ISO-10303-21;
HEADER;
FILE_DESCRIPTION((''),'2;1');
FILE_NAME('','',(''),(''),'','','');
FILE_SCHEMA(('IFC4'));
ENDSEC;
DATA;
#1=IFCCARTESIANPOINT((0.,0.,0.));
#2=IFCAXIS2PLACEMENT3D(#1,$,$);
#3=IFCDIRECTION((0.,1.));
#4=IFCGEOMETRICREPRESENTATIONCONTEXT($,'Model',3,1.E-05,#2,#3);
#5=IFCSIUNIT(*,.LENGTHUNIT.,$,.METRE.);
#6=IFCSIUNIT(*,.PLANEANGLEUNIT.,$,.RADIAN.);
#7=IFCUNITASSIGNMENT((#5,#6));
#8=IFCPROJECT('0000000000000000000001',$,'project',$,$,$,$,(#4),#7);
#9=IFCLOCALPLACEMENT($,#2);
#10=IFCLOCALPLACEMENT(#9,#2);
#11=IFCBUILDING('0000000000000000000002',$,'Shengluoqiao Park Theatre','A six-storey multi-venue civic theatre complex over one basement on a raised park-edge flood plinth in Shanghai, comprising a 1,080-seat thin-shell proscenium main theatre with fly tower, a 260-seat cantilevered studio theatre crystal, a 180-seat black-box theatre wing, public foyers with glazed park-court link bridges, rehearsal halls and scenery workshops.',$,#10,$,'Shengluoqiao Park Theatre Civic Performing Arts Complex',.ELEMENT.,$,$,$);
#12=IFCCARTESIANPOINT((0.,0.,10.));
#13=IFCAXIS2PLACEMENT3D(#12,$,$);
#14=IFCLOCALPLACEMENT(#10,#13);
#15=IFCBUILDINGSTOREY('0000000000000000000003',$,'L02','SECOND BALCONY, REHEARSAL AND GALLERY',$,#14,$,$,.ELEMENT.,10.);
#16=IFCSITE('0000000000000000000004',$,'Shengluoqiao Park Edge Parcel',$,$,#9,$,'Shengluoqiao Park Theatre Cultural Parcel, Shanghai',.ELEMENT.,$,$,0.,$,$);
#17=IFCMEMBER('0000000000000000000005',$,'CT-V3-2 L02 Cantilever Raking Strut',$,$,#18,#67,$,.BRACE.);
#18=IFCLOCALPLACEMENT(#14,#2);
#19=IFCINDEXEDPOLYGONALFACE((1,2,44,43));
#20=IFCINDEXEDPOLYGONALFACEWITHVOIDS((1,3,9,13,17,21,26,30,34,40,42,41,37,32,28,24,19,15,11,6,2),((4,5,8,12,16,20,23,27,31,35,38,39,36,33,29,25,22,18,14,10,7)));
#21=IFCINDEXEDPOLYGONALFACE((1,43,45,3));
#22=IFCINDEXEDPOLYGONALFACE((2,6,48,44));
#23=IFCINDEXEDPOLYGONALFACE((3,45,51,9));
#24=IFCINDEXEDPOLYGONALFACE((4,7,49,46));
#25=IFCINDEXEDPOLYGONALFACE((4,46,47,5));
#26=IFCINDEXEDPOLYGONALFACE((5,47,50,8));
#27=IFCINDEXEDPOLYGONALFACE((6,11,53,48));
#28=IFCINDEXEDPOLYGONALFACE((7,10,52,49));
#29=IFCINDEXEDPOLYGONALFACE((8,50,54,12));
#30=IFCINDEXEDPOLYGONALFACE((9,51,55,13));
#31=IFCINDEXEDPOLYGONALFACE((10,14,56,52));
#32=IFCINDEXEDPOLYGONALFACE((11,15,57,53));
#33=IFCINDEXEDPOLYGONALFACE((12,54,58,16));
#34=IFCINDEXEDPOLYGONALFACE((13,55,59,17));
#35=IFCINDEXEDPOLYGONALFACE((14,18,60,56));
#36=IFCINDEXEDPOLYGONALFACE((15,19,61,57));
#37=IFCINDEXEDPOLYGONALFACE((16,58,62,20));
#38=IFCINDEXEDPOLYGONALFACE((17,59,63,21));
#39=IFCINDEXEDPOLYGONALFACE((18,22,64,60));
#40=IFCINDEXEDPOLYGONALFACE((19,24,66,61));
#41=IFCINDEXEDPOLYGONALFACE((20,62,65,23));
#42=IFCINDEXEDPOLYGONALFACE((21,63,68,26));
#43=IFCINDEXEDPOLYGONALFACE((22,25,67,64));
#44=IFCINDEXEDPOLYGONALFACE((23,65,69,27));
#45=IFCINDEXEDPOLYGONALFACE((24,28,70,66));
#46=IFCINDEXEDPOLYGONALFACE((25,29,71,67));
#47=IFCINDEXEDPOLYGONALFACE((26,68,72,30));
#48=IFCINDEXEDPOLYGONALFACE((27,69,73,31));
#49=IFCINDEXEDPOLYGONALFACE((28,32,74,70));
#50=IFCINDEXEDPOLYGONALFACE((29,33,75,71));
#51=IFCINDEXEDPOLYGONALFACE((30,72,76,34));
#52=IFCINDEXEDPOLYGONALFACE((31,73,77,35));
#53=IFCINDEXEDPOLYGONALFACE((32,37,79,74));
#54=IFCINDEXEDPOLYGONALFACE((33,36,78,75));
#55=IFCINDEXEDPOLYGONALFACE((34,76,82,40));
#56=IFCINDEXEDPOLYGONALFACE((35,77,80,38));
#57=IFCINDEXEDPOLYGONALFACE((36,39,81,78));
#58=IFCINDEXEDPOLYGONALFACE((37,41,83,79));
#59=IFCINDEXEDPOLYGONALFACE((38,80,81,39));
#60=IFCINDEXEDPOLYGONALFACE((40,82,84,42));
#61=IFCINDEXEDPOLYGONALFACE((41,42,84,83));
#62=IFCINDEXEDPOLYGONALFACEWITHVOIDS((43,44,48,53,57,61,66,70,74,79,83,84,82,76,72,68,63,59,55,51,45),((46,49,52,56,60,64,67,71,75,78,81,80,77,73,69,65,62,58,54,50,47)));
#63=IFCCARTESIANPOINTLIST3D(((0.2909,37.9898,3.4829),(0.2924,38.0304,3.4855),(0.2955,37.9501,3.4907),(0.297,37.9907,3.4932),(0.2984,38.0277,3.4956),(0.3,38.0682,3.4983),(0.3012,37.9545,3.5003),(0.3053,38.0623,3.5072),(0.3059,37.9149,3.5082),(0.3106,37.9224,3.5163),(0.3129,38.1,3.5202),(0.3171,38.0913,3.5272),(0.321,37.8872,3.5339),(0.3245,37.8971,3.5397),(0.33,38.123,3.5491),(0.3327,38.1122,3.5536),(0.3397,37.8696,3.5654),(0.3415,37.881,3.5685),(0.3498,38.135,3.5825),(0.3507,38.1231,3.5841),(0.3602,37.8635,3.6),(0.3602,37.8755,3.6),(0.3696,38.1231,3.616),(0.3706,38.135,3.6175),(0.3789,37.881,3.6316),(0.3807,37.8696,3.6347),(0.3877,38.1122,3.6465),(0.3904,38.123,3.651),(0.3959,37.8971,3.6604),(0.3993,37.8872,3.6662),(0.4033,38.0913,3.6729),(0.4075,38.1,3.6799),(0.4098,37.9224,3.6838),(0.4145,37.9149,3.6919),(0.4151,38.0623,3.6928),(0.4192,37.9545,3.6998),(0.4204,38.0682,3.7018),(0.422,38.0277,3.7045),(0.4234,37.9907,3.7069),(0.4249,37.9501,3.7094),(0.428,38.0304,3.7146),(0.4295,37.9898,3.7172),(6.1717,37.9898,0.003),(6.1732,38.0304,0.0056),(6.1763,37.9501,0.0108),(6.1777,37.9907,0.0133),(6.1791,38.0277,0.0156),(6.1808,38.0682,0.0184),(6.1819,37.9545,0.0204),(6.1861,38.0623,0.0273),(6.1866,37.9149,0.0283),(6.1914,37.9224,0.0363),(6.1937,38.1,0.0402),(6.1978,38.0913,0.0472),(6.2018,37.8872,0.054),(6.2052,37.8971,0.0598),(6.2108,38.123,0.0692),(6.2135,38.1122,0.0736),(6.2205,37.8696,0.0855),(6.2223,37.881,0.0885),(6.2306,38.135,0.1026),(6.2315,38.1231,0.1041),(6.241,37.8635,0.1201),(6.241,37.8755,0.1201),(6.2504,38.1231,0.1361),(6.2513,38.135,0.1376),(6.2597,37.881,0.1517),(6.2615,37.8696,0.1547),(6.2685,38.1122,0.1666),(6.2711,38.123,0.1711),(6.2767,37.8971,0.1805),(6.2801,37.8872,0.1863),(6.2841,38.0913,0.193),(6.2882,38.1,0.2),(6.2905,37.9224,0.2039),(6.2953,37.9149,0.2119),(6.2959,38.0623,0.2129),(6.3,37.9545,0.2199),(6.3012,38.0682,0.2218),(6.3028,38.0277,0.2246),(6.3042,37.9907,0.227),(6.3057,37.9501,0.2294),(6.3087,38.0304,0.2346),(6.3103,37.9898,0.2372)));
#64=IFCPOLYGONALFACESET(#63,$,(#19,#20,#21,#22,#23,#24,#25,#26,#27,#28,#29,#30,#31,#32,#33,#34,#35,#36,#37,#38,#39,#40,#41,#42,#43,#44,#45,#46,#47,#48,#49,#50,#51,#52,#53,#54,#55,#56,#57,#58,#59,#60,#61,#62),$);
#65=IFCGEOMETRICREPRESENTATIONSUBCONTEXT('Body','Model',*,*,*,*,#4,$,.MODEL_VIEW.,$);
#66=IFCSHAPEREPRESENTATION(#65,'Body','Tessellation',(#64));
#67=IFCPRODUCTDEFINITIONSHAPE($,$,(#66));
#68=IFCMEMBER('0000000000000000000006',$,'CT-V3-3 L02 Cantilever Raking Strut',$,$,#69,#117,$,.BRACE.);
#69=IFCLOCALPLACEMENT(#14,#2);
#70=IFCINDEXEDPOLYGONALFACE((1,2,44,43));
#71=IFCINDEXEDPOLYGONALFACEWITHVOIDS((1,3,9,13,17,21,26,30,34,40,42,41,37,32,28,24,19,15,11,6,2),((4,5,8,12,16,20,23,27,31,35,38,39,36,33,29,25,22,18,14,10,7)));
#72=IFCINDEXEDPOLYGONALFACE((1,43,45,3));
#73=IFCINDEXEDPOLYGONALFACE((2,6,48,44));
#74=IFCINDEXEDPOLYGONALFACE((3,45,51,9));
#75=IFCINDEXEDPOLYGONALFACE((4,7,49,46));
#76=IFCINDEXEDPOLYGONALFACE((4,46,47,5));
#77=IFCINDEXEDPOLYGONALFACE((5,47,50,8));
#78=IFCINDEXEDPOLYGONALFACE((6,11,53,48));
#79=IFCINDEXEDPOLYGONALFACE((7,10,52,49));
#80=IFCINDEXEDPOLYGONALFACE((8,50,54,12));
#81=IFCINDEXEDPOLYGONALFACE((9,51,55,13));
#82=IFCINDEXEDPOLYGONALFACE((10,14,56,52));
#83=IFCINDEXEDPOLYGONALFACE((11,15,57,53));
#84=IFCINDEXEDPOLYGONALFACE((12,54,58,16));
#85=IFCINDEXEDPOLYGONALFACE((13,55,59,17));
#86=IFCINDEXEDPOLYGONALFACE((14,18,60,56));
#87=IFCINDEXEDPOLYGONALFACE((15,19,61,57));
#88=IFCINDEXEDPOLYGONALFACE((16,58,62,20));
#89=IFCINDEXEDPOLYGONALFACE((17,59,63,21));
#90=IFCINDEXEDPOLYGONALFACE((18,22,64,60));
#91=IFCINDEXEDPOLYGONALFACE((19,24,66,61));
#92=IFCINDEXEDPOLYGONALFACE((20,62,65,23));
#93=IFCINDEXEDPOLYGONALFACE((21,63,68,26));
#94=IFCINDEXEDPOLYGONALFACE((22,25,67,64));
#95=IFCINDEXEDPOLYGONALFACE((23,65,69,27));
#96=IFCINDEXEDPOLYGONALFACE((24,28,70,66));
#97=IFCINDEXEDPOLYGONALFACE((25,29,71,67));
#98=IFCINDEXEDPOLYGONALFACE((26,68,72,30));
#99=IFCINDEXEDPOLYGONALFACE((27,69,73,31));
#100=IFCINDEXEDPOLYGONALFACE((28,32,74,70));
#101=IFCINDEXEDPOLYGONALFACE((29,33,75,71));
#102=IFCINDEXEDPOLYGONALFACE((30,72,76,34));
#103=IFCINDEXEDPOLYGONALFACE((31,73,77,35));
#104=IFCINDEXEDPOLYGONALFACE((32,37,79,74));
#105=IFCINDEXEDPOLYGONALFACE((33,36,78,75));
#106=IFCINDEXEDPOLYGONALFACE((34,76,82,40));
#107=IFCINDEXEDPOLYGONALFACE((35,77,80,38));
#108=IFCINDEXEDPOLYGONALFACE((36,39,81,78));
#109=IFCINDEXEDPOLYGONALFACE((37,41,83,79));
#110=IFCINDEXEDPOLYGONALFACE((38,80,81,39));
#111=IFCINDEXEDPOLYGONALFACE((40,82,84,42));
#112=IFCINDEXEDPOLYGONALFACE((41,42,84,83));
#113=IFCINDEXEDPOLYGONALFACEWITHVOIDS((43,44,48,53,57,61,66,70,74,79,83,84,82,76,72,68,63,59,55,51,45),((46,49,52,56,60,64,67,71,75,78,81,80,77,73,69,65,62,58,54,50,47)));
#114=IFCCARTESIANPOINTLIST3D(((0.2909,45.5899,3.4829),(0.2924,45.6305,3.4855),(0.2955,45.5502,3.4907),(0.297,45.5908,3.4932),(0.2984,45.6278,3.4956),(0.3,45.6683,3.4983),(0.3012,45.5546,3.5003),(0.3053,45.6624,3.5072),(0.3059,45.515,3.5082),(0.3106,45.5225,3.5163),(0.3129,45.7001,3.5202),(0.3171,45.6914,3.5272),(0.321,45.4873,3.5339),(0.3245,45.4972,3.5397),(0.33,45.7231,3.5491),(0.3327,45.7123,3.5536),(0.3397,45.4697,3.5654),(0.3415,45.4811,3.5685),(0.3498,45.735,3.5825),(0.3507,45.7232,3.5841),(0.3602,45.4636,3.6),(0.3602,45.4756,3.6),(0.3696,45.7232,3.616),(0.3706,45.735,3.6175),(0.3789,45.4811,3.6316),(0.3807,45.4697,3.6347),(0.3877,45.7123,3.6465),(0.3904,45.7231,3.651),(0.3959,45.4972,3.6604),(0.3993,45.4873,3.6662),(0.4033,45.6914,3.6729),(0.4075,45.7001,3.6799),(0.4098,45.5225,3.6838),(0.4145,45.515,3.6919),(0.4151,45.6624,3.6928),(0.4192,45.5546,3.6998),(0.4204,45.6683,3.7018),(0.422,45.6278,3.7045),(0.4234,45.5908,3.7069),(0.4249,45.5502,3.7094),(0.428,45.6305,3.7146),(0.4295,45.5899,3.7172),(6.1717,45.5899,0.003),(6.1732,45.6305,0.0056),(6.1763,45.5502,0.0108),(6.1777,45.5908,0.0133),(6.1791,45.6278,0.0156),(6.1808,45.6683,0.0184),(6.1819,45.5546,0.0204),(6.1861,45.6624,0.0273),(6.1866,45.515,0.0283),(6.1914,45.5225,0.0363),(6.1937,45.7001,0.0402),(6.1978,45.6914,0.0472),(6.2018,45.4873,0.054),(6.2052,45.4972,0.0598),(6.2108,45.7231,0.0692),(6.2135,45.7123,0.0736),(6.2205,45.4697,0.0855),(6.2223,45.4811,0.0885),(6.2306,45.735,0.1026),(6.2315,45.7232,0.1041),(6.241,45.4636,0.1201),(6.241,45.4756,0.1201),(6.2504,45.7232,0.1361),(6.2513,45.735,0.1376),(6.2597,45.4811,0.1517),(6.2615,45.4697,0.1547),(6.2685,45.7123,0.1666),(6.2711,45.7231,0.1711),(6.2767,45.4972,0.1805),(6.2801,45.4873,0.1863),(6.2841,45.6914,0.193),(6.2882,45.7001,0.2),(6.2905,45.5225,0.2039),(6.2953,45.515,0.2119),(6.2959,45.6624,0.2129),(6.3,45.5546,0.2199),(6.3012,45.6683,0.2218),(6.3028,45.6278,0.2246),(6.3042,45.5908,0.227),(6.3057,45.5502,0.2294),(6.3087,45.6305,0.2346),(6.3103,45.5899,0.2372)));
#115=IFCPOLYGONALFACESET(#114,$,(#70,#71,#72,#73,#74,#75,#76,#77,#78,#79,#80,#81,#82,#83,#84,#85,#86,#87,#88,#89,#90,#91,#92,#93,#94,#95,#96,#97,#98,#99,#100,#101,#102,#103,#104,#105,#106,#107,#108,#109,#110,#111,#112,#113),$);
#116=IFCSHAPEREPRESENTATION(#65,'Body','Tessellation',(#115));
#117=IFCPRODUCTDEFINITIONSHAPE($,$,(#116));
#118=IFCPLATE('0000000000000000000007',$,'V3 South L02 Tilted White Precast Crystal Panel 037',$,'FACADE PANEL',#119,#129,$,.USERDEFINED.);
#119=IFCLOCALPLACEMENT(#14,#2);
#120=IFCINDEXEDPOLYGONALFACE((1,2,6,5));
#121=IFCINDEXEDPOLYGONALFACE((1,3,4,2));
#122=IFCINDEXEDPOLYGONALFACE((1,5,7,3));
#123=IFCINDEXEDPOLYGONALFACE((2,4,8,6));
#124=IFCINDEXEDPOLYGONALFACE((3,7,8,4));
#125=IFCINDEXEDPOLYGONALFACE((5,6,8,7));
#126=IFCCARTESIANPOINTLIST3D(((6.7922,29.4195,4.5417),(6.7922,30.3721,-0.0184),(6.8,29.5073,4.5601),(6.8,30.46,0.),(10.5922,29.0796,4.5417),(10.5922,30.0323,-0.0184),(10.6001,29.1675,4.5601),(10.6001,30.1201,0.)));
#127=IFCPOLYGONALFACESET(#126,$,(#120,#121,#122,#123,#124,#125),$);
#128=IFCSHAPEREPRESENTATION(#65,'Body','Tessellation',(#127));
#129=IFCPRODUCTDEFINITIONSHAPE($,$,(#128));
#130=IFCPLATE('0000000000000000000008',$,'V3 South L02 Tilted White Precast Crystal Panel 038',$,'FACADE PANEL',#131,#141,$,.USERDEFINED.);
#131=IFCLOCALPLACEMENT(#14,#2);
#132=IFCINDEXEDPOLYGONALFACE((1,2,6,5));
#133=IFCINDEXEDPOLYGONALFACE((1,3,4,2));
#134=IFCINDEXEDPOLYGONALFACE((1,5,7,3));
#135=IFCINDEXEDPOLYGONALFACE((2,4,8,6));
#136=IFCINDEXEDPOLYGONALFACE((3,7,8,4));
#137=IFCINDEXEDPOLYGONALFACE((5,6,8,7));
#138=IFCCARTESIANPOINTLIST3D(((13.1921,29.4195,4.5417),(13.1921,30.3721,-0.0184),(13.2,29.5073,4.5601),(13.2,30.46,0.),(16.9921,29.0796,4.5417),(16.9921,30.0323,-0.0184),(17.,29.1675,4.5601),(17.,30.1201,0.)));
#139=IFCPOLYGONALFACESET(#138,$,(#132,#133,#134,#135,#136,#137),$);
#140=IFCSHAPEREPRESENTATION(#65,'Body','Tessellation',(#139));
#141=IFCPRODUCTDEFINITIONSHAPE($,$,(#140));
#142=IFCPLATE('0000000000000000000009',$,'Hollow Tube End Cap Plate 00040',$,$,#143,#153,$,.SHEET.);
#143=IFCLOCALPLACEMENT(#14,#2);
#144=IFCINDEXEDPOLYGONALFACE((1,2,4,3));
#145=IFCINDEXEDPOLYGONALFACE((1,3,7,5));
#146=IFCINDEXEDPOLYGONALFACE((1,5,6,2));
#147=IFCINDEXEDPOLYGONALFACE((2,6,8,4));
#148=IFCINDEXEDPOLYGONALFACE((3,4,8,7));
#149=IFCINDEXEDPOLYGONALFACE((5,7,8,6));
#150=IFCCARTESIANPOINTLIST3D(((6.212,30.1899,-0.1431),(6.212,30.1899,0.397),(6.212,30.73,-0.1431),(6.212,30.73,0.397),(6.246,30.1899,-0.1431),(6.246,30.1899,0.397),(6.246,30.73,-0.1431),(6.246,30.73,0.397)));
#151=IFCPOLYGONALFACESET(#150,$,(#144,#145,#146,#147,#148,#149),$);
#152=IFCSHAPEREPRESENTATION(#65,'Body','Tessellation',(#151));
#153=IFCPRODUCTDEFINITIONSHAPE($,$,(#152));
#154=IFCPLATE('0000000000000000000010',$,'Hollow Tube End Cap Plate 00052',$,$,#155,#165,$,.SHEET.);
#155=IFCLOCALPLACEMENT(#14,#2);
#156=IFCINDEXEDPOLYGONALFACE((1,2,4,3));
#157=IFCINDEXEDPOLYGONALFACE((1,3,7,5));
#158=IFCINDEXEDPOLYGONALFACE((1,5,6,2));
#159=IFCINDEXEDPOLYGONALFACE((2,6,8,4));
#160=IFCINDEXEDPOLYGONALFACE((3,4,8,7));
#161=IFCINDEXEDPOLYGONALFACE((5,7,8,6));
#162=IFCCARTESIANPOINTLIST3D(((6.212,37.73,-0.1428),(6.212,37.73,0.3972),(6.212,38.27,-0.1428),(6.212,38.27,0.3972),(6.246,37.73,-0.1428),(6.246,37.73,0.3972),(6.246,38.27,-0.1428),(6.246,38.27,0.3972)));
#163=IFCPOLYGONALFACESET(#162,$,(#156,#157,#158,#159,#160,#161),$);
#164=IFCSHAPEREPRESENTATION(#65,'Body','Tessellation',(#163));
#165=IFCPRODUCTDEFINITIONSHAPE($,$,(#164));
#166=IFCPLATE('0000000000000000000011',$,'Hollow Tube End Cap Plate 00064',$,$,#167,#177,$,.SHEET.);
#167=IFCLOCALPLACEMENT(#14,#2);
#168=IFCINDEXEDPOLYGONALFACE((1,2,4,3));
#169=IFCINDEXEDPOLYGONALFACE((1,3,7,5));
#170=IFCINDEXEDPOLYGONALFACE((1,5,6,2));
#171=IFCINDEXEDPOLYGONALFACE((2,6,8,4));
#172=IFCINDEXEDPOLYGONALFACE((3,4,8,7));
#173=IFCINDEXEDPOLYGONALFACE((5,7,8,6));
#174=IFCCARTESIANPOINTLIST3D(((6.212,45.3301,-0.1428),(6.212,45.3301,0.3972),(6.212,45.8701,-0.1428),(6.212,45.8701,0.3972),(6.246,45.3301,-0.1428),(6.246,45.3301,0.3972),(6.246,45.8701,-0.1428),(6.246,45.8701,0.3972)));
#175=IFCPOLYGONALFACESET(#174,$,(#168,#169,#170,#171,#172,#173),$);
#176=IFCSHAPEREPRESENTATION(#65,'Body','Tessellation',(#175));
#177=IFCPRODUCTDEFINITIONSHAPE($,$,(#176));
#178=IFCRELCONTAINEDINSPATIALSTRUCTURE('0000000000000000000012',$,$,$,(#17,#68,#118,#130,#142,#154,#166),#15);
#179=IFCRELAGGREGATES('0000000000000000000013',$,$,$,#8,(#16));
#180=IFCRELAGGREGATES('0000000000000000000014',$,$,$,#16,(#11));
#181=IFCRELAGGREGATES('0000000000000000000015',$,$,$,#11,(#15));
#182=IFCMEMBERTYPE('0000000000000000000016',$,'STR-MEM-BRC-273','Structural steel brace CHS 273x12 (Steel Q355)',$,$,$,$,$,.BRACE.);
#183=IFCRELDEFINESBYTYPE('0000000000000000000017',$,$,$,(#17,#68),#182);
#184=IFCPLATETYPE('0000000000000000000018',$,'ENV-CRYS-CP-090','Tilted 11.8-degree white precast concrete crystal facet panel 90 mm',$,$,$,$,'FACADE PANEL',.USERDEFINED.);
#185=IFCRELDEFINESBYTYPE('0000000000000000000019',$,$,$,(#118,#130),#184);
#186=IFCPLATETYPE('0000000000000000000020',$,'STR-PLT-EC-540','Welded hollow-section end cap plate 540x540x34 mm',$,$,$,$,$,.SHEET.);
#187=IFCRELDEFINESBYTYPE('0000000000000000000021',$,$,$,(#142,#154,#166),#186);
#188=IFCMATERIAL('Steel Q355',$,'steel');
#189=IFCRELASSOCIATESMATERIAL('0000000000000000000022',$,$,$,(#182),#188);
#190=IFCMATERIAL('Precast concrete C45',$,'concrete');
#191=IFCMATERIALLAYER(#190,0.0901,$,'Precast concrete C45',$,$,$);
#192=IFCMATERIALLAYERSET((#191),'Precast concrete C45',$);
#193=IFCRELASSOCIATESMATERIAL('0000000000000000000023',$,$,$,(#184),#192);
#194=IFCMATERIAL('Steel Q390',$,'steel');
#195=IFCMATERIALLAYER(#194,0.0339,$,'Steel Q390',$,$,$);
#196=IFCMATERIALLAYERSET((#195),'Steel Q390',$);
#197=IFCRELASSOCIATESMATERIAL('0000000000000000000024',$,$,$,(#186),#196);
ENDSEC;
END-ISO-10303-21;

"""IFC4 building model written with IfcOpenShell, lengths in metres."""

from ifc_helpers import new_model, si_unit, direction, frame, origin, origin_2d, place, context, subcontext, project, spatial, polyline, rectangle, hollow_circle, outline, extrude, material, layer, layer_set, material_profile, profile_set, type_object, element, save


model = new_model("IFC4")

# Units and contexts
model_context = context("Model", 3, precision=1e-05, world=origin(), true_north=direction((0.0, 1.0)))
body_context = subcontext(model_context, "Body", "Model", "MODEL_VIEW")
ifc_project = project(units=[si_unit("LENGTHUNIT", "METRE"), si_unit("PLANEANGLEUNIT", "RADIAN")], contexts=[model_context])

# Site, building, storey
site_placement = place(None, origin())
site = spatial("IfcSite", under=ifc_project, at=site_placement, Name="Shengluoqiao Park Edge Parcel", LongName="Shengluoqiao Park Theatre Cultural Parcel, Shanghai", CompositionType="ELEMENT", RefElevation=0.0)
building_placement = place(site_placement, origin())
building = spatial("IfcBuilding", under=site, at=building_placement, Name="Shengluoqiao Park Theatre", Description="A six-storey multi-venue civic theatre complex over one basement on a raised park-edge flood plinth in Shanghai, comprising a 1,080-seat thin-shell proscenium main theatre with fly tower, a 260-seat cantilevered studio theatre crystal, a 180-seat black-box theatre wing, public foyers with glazed park-court link bridges, rehearsal halls and scenery workshops.", LongName="Shengluoqiao Park Theatre Civic Performing Arts Complex", CompositionType="ELEMENT")
storey_placement = place(building_placement, frame((0.0, 0.0, 10.0)))
storey = spatial("IfcBuildingStorey", under=building, at=storey_placement, Name="L02", Description="SECOND BALCONY, REHEARSAL AND GALLERY", CompositionType="ELEMENT", Elevation=10.0)

# Shared definitions
ifc_material_1 = material(Name="Steel Q355", Category="steel")

# Shared definitions
ifc_material_2 = material(Name="Steel Q390", Category="steel")

# Members
ifc_material_profile_1 = material_profile(ifc_material_1, hollow_circle(Radius=0.1365, WallThickness=0.012, at=origin_2d()), Name="CHS 273x12")
ifc_profile_set_1 = profile_set([ifc_material_profile_1], Name="Steel Q355")
member_type = type_object("IfcMemberType", Name="STR-MEM-BRC-273", Description="Structural steel brace CHS 273x12 (Steel Q355)", PredefinedType="BRACE", material=ifc_profile_set_1)
for number, where, z_axis, x_axis, name in (
    (1, (6.241, 38.0, 0.1201), (-0.860611, 0.0, 0.509264), (0.0, -1.0, 0.0), "CT-V3-2 L02 Cantilever Raking Strut"),
    (2, (6.241, 45.6001, 0.1201), (-0.860611, 0.0, 0.509264), (0.0, -1.0, 0.0), "CT-V3-3 L02 Cantilever Raking Strut"),
):
    element("IfcMember", number, at=place(storey_placement, frame(where, z_axis=z_axis, x_axis=x_axis)), inside=storey, type_object=member_type, Name=name, PredefinedType="BRACE", context=body_context, shape_type="SweptSolid", body=[
        extrude(hollow_circle(Radius=0.1365, WallThickness=0.012, at=origin_2d()), origin(), (0.0, 0.0, 1.0), 6.8333),
    ])

# Plates
ifc_material_3 = material(Name="Precast concrete C45", Category="concrete")
ifc_layer_1 = layer(ifc_material_3, 0.0901, Name="Precast concrete C45")
ifc_layer_set_1 = layer_set([ifc_layer_1], Name="Precast concrete C45")
plate_type_1 = type_object("IfcPlateType", Name="ENV-CRYS-CP-090", Description="Tilted 11.8-degree white precast concrete crystal facet panel 90 mm", ElementType="FACADE PANEL", PredefinedType="USERDEFINED", material=ifc_layer_set_1)
for number, where, z_axis, x_axis, name in (
    (3, (6.8, 30.46, 0.0), (0.087208, 0.975138, 0.203715), (0.996025, -0.089076, 0.0), "V3 South L02 Tilted White Precast Crystal Panel 037"),
    (4, (13.2, 30.46, 0.0), (0.087208, 0.975138, 0.203715), (0.996025, -0.089076, 0.0), "V3 South L02 Tilted White Precast Crystal Panel 038"),
):
    element("IfcPlate", number, at=place(storey_placement, frame(where, z_axis=z_axis, x_axis=x_axis)), inside=storey, type_object=plate_type_1, Name=name, ObjectType="FACADE PANEL", PredefinedType="USERDEFINED", context=body_context, shape_type="SweptSolid", body=[
        extrude(outline(polyline([(0.0, 0.0), (3.8152, 0.0), (3.9001, -4.6577), (0.0849, -4.6577), (0.0, 0.0)])), origin(), (0.0, 0.0, -1.0), 0.0901),
    ])
ifc_layer_2 = layer(ifc_material_2, 0.0339, Name="Steel Q390")
ifc_layer_set_2 = layer_set([ifc_layer_2], Name="Steel Q390")
plate_type_2 = type_object("IfcPlateType", Name="STR-PLT-EC-540", Description="Welded hollow-section end cap plate 540x540x34 mm", PredefinedType="SHEET", material=ifc_layer_set_2)
for number, where, z_axis, x_axis, name in (
    (5, (6.229, 30.46, -0.1431), (0.0, 0.0, 1.0), (-1.0, 0.0, 0.0), "Hollow Tube End Cap Plate 00040"),
    (6, (6.229, 38.0, -0.1428), (0.0, 0.0, 1.0), (-1.0, 0.0, 0.0), "Hollow Tube End Cap Plate 00052"),
    (7, (6.229, 45.6001, -0.1428), (0.0, 0.0, 1.0), (-1.0, 0.0, 0.0), "Hollow Tube End Cap Plate 00064"),
):
    element("IfcPlate", number, at=place(storey_placement, frame(where, z_axis=z_axis, x_axis=x_axis)), inside=storey, type_object=plate_type_2, Name=name, PredefinedType="SHEET", context=body_context, shape_type="SweptSolid", body=[
        extrude(rectangle(XDim=0.0339, YDim=0.54, at=origin_2d()), origin(), (0.0, 0.0, 1.0), 0.54),
    ])

save(model, "model.ifc")
